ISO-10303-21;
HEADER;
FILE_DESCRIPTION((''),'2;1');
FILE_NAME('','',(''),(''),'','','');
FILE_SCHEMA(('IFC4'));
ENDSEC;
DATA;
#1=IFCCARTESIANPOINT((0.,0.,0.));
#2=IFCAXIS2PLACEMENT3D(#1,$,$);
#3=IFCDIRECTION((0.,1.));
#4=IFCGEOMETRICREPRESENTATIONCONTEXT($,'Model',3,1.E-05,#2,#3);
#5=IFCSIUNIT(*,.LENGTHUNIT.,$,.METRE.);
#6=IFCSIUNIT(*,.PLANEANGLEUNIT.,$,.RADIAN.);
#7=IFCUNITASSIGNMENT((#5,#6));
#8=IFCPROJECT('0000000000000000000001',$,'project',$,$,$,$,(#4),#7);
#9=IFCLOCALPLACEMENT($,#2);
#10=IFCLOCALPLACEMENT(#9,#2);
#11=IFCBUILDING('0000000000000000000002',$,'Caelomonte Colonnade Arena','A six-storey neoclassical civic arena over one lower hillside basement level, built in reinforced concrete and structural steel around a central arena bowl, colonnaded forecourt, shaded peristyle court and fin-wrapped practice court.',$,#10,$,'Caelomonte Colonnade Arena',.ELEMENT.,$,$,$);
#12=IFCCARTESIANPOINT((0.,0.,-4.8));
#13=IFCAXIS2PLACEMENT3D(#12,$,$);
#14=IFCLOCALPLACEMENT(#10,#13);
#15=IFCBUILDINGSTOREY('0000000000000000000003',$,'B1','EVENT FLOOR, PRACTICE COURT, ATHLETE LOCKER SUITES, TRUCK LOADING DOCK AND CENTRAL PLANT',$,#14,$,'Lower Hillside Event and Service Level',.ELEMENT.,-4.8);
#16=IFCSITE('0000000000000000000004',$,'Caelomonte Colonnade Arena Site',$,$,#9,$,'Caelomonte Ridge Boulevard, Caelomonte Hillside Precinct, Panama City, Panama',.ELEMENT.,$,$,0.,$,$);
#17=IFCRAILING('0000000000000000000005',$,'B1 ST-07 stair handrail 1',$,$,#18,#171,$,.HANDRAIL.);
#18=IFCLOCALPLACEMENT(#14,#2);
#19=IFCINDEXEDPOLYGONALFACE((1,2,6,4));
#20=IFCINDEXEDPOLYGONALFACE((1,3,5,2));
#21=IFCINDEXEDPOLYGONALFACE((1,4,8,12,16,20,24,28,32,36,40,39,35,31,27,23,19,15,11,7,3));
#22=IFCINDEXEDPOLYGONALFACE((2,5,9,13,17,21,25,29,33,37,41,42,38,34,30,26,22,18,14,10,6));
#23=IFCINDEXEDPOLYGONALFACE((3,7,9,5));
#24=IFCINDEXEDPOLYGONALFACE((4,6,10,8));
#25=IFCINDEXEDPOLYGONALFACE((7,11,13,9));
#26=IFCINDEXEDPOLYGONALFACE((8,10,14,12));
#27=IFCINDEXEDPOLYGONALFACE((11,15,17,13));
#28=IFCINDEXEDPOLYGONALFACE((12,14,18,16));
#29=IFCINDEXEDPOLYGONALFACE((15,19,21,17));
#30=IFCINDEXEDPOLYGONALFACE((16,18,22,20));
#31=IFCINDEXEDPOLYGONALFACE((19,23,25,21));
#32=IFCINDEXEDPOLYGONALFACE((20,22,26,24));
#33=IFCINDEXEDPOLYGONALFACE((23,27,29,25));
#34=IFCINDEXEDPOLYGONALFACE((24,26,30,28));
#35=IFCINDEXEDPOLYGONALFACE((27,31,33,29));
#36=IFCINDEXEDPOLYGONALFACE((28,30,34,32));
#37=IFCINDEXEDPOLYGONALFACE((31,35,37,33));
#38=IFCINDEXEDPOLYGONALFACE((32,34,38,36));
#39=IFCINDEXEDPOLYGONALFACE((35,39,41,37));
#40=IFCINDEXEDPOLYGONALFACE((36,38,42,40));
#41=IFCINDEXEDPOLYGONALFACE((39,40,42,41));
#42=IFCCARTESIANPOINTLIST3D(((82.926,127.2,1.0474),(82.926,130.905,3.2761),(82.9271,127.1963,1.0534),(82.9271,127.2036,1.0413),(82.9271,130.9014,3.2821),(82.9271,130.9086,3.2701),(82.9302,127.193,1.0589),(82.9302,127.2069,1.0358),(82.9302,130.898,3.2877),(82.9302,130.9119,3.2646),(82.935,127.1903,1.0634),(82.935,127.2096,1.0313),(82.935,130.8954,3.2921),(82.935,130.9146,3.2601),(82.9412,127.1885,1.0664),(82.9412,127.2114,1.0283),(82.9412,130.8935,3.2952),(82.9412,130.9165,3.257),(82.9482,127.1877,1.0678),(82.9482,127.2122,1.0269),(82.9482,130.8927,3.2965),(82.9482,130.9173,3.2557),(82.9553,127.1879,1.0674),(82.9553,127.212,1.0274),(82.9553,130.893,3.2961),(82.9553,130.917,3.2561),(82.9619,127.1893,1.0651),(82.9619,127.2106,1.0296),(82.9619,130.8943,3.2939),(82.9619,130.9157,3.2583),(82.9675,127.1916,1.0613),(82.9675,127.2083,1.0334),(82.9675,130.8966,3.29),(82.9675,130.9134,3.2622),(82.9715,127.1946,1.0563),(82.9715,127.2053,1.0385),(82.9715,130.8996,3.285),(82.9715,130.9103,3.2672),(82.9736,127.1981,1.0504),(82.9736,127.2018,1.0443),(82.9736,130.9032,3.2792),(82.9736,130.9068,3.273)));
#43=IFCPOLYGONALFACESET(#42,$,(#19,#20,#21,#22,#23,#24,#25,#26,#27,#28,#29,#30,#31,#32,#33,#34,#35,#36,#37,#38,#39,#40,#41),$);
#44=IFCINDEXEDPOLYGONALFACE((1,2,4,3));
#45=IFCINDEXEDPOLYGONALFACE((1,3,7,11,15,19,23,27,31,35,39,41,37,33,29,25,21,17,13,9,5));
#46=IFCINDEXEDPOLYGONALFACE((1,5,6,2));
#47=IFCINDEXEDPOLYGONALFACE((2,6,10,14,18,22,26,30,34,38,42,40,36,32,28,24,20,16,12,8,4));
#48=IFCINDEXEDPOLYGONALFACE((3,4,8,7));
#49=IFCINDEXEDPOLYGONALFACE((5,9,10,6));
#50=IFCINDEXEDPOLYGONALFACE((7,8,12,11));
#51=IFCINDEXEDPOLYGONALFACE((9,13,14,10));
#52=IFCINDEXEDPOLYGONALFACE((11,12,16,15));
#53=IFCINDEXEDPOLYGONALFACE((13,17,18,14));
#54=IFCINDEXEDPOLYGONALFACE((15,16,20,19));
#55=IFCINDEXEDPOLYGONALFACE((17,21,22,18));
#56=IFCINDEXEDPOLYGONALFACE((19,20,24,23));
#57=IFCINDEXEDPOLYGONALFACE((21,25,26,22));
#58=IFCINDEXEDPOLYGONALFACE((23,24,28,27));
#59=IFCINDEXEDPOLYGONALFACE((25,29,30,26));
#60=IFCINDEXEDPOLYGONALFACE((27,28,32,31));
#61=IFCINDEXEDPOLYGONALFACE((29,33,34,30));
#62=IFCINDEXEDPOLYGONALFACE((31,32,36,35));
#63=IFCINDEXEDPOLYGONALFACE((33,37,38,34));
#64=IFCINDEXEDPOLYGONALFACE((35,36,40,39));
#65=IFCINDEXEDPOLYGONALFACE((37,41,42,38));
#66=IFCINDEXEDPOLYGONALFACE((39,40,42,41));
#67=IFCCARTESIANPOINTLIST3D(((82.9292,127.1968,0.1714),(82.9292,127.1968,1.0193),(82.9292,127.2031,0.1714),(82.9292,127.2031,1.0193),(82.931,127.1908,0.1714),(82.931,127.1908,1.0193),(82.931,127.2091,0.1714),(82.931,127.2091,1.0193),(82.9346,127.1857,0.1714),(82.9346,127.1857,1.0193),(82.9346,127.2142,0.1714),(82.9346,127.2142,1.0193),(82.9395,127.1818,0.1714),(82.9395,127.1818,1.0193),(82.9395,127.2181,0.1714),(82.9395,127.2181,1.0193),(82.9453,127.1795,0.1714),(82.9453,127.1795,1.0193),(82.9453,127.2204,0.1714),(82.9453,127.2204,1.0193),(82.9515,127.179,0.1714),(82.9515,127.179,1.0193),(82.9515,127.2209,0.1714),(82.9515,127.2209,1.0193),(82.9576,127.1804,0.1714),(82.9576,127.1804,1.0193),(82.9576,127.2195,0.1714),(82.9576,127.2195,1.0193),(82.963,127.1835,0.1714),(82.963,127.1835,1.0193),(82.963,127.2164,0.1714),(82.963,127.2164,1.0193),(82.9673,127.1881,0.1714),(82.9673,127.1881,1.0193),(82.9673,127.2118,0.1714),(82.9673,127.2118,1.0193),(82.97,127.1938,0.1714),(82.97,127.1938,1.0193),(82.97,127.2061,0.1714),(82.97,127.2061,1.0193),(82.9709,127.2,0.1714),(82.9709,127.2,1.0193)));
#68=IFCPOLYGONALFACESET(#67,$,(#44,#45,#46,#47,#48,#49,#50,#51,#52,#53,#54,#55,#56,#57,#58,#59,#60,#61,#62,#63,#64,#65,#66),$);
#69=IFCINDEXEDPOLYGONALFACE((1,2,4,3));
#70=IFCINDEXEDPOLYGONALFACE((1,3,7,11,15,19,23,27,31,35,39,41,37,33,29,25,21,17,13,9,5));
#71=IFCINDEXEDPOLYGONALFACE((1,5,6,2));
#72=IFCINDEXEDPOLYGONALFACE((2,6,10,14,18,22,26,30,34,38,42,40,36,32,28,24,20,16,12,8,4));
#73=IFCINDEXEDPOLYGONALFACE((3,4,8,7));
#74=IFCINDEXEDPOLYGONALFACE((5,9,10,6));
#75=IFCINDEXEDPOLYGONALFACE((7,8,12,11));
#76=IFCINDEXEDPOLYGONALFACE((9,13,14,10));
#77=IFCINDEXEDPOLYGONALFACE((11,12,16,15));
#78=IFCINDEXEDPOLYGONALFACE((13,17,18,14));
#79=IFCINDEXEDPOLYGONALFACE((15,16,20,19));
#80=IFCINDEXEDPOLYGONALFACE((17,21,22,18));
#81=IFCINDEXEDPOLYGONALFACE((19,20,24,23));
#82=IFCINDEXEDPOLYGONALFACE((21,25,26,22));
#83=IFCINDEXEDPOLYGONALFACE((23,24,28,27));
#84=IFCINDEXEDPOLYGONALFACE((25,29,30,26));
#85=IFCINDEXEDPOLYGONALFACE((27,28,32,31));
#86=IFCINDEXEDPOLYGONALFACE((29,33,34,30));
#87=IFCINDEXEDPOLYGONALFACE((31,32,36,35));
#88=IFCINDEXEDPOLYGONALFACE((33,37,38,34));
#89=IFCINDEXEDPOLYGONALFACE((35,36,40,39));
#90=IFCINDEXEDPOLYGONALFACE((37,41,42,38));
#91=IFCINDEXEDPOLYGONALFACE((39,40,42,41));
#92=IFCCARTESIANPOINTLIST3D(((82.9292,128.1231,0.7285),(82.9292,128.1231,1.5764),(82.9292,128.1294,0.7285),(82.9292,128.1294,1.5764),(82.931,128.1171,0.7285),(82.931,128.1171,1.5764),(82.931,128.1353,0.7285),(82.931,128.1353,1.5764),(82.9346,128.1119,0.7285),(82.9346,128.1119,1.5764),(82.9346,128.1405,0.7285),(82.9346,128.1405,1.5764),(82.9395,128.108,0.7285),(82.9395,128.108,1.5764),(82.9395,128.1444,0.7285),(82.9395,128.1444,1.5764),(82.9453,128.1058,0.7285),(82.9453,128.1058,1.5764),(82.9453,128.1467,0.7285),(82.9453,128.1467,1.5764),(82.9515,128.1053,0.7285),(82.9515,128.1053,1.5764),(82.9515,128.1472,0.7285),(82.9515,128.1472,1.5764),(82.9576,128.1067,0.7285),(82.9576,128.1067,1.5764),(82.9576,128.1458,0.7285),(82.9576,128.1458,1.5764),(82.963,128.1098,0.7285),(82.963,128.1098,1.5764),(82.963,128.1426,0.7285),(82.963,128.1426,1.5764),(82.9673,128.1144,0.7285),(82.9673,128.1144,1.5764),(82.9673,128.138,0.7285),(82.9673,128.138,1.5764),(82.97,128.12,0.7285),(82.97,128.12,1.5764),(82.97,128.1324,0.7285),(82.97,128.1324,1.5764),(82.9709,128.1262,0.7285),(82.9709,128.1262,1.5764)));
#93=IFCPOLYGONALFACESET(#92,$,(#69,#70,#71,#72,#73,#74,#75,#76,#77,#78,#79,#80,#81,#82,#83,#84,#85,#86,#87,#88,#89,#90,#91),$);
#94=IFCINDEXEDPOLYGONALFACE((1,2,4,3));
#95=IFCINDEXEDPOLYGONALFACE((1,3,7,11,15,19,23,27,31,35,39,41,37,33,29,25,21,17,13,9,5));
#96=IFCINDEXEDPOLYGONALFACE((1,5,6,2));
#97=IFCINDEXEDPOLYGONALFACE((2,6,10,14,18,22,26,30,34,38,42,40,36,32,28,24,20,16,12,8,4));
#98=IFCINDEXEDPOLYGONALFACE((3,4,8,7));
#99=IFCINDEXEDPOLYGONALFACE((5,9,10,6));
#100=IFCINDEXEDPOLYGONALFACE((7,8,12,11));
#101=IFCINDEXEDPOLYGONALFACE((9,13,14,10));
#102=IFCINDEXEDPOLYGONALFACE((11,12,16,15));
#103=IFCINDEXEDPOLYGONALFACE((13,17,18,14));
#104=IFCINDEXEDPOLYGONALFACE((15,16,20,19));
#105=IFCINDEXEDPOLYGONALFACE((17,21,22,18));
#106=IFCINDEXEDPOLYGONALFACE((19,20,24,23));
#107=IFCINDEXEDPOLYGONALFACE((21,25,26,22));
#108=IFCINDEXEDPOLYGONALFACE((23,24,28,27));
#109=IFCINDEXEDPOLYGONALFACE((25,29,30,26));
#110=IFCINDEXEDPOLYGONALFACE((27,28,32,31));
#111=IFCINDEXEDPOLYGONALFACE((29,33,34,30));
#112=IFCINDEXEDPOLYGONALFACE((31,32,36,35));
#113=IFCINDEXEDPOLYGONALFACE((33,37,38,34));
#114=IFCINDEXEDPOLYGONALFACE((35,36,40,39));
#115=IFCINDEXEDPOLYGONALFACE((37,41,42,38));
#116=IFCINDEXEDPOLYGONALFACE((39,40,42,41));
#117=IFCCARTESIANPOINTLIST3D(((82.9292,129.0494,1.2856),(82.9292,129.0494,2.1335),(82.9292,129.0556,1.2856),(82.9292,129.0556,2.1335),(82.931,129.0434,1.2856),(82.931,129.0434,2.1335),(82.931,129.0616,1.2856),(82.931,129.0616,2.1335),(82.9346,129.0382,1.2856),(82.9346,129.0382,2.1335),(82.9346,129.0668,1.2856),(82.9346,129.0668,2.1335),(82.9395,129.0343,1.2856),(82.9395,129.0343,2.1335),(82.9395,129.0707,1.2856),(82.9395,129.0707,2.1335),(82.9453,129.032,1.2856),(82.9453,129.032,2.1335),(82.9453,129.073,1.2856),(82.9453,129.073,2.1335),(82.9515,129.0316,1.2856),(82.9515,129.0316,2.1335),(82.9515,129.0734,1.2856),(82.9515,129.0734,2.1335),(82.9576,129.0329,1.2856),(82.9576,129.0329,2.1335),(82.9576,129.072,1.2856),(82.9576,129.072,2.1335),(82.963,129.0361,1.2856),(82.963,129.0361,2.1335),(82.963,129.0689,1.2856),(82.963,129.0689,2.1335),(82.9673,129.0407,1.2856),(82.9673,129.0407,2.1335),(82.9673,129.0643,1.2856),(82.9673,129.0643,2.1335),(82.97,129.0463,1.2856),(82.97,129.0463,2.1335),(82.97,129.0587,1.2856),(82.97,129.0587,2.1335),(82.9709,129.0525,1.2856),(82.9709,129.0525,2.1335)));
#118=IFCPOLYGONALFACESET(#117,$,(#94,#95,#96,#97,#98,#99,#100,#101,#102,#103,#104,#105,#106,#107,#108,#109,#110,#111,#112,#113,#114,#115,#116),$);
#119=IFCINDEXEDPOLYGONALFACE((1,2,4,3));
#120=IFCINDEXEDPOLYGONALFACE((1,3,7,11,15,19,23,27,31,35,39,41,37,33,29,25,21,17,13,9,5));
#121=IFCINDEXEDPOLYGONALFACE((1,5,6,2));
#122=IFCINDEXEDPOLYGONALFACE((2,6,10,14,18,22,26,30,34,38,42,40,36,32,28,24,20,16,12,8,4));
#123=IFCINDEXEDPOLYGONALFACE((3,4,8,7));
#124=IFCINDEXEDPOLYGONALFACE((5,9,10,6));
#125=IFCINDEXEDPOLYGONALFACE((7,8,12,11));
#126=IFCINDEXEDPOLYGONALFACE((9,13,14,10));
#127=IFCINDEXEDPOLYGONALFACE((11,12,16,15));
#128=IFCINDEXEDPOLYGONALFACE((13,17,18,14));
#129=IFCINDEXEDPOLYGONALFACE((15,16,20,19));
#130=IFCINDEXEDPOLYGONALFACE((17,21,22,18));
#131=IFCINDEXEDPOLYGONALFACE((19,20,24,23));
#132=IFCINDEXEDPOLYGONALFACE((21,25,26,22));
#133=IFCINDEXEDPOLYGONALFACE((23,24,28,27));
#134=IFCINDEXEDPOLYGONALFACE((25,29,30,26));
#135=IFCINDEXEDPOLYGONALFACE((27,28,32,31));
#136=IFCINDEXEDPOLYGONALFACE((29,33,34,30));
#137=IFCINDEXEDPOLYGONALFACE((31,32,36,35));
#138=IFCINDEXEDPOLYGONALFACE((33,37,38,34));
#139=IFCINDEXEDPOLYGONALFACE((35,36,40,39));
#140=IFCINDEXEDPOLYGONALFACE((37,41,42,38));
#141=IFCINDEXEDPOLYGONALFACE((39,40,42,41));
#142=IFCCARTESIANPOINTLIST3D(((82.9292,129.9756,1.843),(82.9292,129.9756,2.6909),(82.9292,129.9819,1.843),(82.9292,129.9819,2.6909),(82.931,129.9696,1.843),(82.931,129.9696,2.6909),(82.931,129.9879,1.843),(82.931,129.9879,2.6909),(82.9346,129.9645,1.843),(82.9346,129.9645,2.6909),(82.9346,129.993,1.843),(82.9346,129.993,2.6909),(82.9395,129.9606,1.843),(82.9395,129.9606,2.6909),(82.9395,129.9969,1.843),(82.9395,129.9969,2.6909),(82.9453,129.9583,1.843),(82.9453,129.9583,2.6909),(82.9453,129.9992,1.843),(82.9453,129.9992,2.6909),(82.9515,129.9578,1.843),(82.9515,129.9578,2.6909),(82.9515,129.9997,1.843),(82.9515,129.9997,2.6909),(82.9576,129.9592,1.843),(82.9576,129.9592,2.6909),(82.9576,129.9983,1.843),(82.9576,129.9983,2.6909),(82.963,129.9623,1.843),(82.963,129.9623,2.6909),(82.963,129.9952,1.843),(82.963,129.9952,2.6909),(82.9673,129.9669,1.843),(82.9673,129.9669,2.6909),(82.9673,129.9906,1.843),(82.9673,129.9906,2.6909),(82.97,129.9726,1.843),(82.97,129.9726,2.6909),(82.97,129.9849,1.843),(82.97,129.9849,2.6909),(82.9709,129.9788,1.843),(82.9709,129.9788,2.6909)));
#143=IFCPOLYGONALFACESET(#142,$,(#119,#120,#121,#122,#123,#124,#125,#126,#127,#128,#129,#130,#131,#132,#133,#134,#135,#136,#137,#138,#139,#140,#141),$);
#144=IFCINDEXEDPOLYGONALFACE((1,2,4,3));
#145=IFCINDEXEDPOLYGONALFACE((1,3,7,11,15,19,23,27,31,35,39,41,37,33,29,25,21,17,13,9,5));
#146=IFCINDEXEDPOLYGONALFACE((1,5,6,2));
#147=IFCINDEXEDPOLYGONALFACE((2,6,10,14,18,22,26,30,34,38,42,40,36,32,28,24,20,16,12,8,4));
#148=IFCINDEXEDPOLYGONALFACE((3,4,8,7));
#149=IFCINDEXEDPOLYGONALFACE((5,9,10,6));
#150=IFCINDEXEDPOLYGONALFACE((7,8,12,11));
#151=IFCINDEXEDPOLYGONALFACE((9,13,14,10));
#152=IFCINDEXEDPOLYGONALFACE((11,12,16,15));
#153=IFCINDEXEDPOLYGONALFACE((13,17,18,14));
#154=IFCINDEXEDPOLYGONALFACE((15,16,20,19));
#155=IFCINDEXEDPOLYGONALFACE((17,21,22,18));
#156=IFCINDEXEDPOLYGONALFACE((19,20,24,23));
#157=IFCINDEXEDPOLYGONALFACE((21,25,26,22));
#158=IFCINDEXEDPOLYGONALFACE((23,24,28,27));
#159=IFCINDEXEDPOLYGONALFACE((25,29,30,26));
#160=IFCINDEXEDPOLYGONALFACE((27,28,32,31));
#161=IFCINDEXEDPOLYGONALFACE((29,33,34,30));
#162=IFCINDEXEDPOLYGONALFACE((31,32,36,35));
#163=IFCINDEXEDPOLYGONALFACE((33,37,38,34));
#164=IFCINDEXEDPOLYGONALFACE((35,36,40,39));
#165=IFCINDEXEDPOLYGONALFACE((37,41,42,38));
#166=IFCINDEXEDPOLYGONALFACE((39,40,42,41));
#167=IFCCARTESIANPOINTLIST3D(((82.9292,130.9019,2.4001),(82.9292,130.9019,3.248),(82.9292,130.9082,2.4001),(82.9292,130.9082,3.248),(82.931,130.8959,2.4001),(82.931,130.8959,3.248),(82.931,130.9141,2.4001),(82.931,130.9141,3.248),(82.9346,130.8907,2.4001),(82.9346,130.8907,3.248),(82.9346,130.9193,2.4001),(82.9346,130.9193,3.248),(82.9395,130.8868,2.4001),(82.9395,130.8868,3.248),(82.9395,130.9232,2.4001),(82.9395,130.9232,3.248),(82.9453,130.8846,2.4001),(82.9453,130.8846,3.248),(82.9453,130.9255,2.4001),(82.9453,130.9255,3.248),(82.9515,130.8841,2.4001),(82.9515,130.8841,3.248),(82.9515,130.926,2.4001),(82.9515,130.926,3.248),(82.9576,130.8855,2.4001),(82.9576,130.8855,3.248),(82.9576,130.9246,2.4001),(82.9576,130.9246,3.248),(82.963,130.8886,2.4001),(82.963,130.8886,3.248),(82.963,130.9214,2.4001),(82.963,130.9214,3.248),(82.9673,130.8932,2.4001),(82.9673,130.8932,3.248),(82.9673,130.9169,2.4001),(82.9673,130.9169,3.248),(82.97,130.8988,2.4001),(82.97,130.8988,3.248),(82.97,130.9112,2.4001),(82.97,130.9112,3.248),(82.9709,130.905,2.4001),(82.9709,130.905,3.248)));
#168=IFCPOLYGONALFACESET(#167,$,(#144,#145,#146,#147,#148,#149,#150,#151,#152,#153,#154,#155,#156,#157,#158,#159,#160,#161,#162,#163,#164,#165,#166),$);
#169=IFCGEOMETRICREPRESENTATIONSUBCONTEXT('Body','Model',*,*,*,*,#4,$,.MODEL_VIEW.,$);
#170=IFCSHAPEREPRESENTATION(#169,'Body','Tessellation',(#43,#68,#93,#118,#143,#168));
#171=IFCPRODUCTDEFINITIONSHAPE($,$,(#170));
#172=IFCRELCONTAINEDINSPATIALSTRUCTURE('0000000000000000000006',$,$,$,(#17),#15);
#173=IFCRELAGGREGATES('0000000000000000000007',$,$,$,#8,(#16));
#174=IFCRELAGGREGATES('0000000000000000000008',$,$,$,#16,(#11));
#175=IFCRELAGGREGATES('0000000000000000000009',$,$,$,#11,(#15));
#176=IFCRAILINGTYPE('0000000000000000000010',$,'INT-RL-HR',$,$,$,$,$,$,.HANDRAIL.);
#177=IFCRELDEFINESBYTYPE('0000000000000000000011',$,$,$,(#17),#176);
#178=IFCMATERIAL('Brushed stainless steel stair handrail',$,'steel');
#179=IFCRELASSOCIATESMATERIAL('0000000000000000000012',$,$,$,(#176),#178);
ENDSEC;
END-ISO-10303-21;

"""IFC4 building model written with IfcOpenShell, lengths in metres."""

from ifc_helpers import new_model, si_unit, direction, frame, origin, origin_2d, place, context, subcontext, project, spatial, circle, extrude, material, type_object, element, save


model = new_model("IFC4")

# Units and contexts
model_context = context("Model", 3, precision=1e-05, world=origin(), true_north=direction((0.0, 1.0)))
body_context = subcontext(model_context, "Body", "Model", "MODEL_VIEW")
ifc_project = project(units=[si_unit("LENGTHUNIT", "METRE"), si_unit("PLANEANGLEUNIT", "RADIAN")], contexts=[model_context])

# Site, building, storey
site_placement = place(None, origin())
site = spatial("IfcSite", under=ifc_project, at=site_placement, Name="Caelomonte Colonnade Arena Site", LongName="Caelomonte Ridge Boulevard, Caelomonte Hillside Precinct, Panama City, Panama", CompositionType="ELEMENT", RefElevation=0.0)
building_placement = place(site_placement, origin())
building = spatial("IfcBuilding", under=site, at=building_placement, Name="Caelomonte Colonnade Arena", Description="A six-storey neoclassical civic arena over one lower hillside basement level, built in reinforced concrete and structural steel around a central arena bowl, colonnaded forecourt, shaded peristyle court and fin-wrapped practice court.", LongName="Caelomonte Colonnade Arena", CompositionType="ELEMENT")
storey_placement = place(building_placement, frame((0.0, 0.0, -4.8)))
storey = spatial("IfcBuildingStorey", under=building, at=storey_placement, Name="B1", Description="EVENT FLOOR, PRACTICE COURT, ATHLETE LOCKER SUITES, TRUCK LOADING DOCK AND CENTRAL PLANT", LongName="Lower Hillside Event and Service Level", CompositionType="ELEMENT", Elevation=-4.8)

# Railing
ifc_material_1 = material(Name="Brushed stainless steel stair handrail", Category="steel")
railing_type_1 = type_object("IfcRailingType", Name="INT-RL-HR", PredefinedType="HANDRAIL", material=ifc_material_1)
railing_1_placement = place(storey_placement, frame((82.95, 127.2, 0.1714)))
element("IfcRailing", 1, at=railing_1_placement, inside=storey, type_object=railing_type_1, Name="B1 ST-07 stair handrail 1", PredefinedType="HANDRAIL", context=body_context, shape_type="SweptSolid", body=[
    extrude(circle(Radius=0.0239, at=origin_2d()), frame((0.0, 0.0, 0.876), z_axis=(0.0, 0.856909, 0.515467), x_axis=(-1.0, 0.0, 0.0)), (0.0, 0.0, 1.0), 4.3237),
    extrude(circle(Radius=0.021, at=origin_2d()), origin(), (0.0, 0.0, 1.0), 0.8479),
    extrude(circle(Radius=0.021, at=origin_2d()), frame((0.0, 0.9263, 0.5571)), (0.0, 0.0, 1.0), 0.8479),
    extrude(circle(Radius=0.021, at=origin_2d()), frame((0.0, 1.8525, 1.1143)), (0.0, 0.0, 1.0), 0.8479),
    extrude(circle(Radius=0.021, at=origin_2d()), frame((0.0, 2.7788, 1.6716)), (0.0, 0.0, 1.0), 0.8479),
    extrude(circle(Radius=0.021, at=origin_2d()), frame((0.0, 3.7051, 2.2288)), (0.0, 0.0, 1.0), 0.8479),
])

save(model, "model.ifc")
